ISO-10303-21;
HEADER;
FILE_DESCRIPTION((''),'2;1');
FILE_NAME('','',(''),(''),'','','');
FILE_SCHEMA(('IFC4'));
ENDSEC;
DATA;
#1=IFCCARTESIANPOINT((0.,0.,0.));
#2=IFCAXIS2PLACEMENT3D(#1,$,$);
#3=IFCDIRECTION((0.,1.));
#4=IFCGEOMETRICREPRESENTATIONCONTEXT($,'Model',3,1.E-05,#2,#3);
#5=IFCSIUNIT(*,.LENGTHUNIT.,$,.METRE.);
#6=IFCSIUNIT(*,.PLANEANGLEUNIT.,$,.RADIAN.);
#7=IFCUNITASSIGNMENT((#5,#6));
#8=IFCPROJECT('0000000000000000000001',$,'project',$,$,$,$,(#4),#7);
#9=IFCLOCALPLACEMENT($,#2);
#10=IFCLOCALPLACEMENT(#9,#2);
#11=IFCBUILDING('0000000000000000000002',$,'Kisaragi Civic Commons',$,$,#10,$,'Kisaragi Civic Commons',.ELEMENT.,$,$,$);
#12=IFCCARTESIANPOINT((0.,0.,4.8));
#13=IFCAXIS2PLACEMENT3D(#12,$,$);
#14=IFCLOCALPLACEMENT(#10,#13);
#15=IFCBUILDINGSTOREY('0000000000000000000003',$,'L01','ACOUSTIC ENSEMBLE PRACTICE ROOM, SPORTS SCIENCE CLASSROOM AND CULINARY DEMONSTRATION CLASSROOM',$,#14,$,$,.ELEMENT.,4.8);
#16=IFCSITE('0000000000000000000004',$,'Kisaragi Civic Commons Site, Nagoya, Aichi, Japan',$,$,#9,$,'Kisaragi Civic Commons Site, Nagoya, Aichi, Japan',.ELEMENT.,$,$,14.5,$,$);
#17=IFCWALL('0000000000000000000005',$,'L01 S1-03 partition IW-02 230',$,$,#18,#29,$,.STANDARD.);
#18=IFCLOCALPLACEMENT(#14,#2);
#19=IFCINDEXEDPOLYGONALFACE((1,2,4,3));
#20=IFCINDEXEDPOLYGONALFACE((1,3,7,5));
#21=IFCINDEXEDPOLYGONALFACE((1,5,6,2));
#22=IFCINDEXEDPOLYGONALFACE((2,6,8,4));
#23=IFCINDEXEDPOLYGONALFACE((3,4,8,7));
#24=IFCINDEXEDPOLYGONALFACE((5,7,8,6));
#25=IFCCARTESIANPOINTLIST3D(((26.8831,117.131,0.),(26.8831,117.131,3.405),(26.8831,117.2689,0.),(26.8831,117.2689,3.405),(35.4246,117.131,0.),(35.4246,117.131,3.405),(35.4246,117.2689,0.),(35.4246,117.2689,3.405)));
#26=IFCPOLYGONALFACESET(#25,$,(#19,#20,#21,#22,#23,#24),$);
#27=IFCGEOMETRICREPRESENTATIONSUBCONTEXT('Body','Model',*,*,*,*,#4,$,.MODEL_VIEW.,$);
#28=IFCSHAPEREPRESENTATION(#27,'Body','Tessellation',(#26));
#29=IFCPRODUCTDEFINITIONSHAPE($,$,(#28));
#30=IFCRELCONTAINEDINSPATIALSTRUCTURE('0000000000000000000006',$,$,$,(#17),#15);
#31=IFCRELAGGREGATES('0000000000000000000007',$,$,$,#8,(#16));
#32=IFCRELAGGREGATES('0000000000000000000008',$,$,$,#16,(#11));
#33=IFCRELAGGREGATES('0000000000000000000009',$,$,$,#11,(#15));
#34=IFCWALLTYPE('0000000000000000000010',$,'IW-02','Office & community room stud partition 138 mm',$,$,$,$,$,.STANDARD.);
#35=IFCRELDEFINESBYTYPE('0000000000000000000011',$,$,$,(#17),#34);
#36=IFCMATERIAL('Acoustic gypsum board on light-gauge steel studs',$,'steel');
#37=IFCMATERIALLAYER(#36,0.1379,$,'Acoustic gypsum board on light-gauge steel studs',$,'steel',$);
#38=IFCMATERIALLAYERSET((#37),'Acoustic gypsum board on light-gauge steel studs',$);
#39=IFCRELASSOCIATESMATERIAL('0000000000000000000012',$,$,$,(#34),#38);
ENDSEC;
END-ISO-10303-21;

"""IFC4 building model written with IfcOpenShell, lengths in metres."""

from ifc_helpers import new_model, si_unit, direction, frame, frame_2d, origin, place, context, subcontext, project, spatial, rectangle, extrude, material, layer, layer_set, type_object, element, save


model = new_model("IFC4")

# Units and contexts
model_context = context("Model", 3, precision=1e-05, world=origin(), true_north=direction((0.0, 1.0)))
body_context = subcontext(model_context, "Body", "Model", "MODEL_VIEW")
ifc_project = project(units=[si_unit("LENGTHUNIT", "METRE"), si_unit("PLANEANGLEUNIT", "RADIAN")], contexts=[model_context])

# Site, building, storey
site_placement = place(None, origin())
site = spatial("IfcSite", under=ifc_project, at=site_placement, Name="Kisaragi Civic Commons Site, Nagoya, Aichi, Japan", LongName="Kisaragi Civic Commons Site, Nagoya, Aichi, Japan", CompositionType="ELEMENT", RefElevation=14.5)
building_placement = place(site_placement, origin())
building = spatial("IfcBuilding", under=site, at=building_placement, Name="Kisaragi Civic Commons", LongName="Kisaragi Civic Commons", CompositionType="ELEMENT")
storey_placement = place(building_placement, frame((0.0, 0.0, 4.8)))
storey = spatial("IfcBuildingStorey", under=building, at=storey_placement, Name="L01", Description="ACOUSTIC ENSEMBLE PRACTICE ROOM, SPORTS SCIENCE CLASSROOM AND CULINARY DEMONSTRATION CLASSROOM", CompositionType="ELEMENT", Elevation=4.8)

# Shared definitions
ifc_material_1 = material(Name="Acoustic gypsum board on light-gauge steel studs", Category="steel")

# Wall
ifc_layer_1 = layer(ifc_material_1, 0.1379, Name="Acoustic gypsum board on light-gauge steel studs", Category="steel")
ifc_layer_set_1 = layer_set([ifc_layer_1], Name="Acoustic gypsum board on light-gauge steel studs")
wall_type_1 = type_object("IfcWallType", Name="IW-02", Description="Office & community room stud partition 138 mm", PredefinedType="STANDARD", material=ifc_layer_set_1)
wall_1_placement = place(storey_placement, frame((26.8831, 117.2, 0.0), z_axis=(0.0, 0.0, 1.0), x_axis=(1.0, 0.0, 0.0)))
element("IfcWall", 1, at=wall_1_placement, inside=storey, type_object=wall_type_1, Name="L01 S1-03 partition IW-02 230", PredefinedType="STANDARD", context=body_context, shape_type="SweptSolid", body=[
    extrude(rectangle(XDim=8.5415, YDim=0.1379, at=frame_2d((4.2708, 0.0))), origin(), (0.0, 0.0, 1.0), 3.405),
])

save(model, "model.ifc")
